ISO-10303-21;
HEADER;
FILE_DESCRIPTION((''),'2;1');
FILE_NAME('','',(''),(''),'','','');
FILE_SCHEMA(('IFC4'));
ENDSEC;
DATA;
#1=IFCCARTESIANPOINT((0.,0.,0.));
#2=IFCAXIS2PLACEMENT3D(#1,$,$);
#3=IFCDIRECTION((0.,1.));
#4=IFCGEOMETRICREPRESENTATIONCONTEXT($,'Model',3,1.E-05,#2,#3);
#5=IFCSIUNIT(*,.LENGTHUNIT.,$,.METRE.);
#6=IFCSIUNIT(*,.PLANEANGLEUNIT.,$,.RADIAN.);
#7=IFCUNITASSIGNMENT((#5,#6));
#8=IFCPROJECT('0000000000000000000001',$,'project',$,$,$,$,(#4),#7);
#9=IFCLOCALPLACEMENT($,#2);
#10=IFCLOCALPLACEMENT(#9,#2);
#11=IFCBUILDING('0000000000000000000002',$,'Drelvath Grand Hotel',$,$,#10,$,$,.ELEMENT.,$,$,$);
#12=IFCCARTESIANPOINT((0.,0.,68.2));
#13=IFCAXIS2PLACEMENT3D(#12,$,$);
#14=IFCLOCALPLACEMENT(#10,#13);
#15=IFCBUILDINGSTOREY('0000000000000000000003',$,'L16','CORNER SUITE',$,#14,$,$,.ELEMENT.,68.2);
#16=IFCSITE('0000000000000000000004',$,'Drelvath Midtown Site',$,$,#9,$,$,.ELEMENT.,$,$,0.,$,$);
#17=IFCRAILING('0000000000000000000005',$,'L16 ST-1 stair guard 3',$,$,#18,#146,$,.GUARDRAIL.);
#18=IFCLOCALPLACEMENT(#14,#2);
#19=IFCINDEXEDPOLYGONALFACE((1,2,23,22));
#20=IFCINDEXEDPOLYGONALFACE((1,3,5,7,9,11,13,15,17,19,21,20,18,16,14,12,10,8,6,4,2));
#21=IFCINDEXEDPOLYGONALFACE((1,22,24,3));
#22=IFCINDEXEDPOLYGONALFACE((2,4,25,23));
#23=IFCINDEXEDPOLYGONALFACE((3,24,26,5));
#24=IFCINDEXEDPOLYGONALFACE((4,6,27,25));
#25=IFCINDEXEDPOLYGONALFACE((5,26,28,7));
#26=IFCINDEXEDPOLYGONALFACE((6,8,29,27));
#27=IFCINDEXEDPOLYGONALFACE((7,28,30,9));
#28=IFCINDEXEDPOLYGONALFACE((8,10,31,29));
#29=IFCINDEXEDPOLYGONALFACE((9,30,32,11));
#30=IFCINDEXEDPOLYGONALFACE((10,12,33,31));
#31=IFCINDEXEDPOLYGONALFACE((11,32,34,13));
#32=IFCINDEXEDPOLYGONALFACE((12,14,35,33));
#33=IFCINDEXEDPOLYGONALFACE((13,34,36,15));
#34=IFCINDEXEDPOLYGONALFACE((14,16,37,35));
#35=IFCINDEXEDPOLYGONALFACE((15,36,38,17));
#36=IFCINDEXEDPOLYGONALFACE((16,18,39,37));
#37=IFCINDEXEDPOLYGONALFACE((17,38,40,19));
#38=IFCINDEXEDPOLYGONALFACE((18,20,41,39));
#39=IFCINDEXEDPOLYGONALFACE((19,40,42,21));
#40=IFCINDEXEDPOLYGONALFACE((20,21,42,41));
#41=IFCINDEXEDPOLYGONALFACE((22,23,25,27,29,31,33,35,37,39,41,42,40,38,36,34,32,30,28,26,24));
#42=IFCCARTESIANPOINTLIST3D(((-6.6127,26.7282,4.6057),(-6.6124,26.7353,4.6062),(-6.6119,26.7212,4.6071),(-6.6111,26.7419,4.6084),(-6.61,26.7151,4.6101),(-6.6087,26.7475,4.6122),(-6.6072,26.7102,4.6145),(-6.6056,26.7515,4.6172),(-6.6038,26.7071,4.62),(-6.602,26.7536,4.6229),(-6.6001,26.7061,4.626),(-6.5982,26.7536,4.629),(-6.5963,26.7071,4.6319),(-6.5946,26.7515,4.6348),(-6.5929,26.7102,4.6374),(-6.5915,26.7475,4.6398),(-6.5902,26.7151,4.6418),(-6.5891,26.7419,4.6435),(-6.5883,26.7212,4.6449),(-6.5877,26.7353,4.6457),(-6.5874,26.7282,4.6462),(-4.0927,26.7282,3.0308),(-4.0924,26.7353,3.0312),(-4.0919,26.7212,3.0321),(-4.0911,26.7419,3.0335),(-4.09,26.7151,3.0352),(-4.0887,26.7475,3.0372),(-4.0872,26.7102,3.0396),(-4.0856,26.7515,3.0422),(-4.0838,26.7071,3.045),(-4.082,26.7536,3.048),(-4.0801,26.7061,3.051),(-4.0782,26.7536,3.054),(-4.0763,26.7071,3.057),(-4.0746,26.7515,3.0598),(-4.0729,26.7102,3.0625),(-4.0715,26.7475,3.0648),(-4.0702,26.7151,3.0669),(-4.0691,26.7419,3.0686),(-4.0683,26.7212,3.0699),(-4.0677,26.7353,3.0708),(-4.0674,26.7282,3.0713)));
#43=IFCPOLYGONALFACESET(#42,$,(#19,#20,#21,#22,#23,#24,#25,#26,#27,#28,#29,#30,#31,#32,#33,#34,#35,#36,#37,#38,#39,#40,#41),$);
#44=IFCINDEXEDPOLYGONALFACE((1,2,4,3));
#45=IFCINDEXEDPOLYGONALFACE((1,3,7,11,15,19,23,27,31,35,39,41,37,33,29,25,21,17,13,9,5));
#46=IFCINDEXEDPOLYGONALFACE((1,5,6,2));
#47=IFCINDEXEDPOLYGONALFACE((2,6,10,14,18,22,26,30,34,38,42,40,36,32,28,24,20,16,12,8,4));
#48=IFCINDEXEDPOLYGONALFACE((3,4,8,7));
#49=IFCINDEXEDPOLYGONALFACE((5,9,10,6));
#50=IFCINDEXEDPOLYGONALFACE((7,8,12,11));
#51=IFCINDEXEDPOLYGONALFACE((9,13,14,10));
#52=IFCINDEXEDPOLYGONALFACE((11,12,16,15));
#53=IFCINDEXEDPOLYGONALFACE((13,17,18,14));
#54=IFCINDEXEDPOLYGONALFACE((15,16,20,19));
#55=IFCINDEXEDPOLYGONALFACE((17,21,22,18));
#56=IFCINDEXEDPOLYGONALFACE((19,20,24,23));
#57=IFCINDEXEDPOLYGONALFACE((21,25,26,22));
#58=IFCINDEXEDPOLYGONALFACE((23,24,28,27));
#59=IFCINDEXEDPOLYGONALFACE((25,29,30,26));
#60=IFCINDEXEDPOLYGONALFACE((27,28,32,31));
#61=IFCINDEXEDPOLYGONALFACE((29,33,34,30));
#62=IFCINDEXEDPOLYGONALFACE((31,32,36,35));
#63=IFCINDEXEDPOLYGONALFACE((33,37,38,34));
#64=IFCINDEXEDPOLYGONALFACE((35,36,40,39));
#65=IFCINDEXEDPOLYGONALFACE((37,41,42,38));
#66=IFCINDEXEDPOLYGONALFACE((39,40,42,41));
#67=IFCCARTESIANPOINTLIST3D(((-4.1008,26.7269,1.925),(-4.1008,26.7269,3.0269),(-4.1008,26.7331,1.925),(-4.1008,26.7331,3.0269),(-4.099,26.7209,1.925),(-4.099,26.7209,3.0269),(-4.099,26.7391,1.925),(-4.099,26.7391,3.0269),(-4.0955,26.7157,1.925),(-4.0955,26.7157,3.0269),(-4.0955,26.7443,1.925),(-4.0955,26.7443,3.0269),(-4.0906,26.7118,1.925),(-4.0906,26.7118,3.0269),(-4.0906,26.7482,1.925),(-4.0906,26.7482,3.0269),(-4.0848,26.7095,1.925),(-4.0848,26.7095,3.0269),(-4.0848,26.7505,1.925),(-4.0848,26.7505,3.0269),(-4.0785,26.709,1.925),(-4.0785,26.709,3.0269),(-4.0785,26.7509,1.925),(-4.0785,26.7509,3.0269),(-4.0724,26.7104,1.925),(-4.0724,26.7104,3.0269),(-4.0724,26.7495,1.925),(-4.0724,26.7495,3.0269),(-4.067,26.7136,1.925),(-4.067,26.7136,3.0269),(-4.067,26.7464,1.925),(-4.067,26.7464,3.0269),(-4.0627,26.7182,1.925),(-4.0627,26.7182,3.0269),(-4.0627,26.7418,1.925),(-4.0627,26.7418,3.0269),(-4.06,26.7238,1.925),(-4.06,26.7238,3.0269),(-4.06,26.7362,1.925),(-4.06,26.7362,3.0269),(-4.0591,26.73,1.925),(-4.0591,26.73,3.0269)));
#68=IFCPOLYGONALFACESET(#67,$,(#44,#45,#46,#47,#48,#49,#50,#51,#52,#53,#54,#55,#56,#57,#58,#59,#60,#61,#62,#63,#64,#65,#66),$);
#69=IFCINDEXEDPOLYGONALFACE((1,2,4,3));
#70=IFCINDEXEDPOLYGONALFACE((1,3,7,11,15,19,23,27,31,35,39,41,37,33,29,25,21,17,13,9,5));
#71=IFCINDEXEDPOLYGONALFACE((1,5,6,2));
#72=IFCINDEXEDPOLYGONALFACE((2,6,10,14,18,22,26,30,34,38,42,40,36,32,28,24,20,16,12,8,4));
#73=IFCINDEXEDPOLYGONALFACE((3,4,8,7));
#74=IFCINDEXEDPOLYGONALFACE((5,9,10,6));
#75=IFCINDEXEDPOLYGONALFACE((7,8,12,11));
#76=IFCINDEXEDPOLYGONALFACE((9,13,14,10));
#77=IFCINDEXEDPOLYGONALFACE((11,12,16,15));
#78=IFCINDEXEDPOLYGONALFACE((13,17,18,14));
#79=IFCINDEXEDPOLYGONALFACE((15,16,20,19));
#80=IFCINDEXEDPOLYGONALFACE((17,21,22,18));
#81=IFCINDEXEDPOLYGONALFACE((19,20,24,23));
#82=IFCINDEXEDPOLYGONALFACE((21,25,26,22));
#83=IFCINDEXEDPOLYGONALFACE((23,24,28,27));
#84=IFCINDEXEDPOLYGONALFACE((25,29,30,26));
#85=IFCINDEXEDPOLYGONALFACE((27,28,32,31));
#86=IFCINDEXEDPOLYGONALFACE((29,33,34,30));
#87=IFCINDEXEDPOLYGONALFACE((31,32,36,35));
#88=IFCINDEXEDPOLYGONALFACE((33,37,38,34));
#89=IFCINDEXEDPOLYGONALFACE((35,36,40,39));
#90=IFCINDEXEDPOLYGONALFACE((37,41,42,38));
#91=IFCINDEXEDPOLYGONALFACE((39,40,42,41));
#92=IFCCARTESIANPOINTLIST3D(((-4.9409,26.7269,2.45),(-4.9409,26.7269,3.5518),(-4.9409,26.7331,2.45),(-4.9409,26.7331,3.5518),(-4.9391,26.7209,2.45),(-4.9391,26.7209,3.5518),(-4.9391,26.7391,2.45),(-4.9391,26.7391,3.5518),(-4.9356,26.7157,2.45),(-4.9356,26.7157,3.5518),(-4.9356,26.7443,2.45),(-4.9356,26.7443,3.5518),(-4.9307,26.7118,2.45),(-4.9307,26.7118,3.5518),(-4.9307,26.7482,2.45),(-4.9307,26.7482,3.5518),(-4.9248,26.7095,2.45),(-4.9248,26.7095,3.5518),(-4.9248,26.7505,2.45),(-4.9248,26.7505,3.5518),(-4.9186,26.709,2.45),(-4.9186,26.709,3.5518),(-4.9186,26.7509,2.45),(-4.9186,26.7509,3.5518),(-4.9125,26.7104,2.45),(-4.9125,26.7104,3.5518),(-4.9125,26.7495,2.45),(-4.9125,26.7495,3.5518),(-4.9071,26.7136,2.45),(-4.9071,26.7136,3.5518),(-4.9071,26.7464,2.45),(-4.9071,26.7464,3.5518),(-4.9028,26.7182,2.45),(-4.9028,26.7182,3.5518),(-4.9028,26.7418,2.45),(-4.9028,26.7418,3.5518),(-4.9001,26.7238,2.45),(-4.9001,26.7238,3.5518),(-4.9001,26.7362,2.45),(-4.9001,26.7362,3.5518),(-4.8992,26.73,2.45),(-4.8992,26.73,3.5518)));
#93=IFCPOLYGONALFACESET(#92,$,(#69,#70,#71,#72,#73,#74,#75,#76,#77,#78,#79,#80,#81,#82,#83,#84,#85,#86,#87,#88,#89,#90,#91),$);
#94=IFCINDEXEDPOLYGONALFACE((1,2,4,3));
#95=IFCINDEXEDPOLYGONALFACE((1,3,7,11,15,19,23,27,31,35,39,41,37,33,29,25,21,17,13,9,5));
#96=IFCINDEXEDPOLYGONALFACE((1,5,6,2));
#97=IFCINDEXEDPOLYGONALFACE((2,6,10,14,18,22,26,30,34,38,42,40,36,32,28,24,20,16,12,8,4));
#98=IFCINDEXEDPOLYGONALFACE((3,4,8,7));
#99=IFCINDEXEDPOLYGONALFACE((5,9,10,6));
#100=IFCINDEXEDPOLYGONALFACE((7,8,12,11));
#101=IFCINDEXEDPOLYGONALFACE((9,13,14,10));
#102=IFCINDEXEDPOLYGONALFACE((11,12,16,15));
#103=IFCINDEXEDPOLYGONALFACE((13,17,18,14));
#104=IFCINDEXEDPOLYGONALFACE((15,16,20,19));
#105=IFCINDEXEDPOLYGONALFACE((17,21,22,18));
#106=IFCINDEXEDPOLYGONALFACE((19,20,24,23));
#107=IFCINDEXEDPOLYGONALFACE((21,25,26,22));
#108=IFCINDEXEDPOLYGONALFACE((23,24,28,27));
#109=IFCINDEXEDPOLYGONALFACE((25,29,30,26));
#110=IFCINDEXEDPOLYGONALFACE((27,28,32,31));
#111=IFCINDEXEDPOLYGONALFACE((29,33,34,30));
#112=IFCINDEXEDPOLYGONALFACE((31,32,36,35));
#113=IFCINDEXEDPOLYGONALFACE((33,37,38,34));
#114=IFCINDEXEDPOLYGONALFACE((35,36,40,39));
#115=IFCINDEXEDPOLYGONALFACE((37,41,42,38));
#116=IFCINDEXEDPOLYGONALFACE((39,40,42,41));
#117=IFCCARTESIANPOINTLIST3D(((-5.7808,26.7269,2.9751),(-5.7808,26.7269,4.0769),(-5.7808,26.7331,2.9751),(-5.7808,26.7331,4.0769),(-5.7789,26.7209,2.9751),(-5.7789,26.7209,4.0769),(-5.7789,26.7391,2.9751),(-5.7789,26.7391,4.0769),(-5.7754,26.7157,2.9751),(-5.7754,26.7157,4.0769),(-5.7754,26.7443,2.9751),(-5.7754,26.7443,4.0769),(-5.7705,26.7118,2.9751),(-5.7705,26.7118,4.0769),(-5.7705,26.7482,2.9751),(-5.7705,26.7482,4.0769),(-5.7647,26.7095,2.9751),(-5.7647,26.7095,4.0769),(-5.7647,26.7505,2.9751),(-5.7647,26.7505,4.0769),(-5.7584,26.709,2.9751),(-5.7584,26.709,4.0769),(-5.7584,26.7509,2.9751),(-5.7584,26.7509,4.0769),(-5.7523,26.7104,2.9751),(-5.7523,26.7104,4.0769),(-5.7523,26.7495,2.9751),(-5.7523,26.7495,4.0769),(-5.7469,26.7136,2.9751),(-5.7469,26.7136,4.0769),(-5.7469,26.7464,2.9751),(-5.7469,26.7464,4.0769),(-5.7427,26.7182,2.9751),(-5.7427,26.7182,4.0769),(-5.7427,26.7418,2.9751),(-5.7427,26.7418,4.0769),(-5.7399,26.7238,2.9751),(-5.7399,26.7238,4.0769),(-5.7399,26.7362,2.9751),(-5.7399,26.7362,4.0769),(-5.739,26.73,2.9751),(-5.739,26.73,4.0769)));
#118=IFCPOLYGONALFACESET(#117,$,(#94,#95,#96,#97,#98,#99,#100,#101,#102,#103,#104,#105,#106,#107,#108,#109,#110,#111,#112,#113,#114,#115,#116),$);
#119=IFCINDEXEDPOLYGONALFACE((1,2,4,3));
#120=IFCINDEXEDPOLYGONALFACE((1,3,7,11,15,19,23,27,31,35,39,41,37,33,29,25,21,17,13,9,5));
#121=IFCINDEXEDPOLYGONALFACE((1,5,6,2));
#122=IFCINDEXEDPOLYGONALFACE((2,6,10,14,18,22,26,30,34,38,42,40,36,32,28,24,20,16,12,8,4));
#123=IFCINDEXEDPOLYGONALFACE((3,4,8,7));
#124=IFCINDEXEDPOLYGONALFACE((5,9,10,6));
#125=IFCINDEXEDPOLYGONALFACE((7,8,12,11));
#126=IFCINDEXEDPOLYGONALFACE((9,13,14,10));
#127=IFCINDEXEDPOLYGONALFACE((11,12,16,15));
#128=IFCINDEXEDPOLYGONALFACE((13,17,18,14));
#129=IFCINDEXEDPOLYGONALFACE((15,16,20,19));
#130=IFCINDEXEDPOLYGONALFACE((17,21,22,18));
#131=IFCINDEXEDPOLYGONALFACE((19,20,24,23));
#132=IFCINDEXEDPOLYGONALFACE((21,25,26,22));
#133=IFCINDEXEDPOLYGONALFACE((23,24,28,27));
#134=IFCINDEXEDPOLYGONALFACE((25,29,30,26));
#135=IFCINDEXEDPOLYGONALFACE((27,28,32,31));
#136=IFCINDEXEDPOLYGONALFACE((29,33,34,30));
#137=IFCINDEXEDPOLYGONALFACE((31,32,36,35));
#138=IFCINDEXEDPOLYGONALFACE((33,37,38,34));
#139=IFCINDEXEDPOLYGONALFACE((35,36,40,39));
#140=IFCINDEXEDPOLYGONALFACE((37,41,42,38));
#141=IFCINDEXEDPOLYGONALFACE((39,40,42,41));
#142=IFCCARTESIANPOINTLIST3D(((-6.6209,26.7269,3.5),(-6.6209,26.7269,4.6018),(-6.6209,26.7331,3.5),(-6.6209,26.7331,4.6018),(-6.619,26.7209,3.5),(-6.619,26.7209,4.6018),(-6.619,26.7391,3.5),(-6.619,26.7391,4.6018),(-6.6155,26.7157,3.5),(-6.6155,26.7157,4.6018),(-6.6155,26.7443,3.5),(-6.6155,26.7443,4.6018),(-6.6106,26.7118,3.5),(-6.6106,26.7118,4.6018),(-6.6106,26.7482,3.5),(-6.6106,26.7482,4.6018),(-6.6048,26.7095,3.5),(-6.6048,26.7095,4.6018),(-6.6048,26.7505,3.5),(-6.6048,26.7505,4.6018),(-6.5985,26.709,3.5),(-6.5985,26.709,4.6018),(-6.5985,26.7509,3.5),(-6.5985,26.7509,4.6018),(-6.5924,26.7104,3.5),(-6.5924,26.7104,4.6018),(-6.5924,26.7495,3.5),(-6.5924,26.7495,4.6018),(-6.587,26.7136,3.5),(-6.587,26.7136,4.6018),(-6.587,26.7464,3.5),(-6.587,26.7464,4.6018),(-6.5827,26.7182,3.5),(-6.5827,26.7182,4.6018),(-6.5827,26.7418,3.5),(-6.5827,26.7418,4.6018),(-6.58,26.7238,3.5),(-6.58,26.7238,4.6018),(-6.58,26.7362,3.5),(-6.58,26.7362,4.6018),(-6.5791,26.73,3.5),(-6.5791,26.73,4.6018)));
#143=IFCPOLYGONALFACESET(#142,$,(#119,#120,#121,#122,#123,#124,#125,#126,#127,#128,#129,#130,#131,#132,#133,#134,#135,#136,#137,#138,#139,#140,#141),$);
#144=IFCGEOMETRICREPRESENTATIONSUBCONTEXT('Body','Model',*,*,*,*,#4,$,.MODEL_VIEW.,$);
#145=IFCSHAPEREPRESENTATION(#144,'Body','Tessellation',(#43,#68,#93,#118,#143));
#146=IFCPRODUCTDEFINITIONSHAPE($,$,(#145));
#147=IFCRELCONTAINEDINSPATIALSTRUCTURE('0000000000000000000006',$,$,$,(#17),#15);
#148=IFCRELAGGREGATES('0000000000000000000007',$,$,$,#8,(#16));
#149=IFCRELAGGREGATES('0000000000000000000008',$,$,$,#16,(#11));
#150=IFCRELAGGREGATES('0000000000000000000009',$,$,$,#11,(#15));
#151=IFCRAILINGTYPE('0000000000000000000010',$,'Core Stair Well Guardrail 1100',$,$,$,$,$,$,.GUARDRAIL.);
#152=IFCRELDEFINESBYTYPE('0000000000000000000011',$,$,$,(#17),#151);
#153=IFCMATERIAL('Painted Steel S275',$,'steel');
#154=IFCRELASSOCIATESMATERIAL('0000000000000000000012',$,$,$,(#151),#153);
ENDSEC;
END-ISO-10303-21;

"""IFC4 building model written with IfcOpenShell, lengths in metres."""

from ifc_helpers import new_model, si_unit, direction, frame, origin, origin_2d, place, context, subcontext, project, spatial, circle, extrude, material, type_object, element, save


model = new_model("IFC4")

# Units and contexts
model_context = context("Model", 3, precision=1e-05, world=origin(), true_north=direction((0.0, 1.0)))
body_context = subcontext(model_context, "Body", "Model", "MODEL_VIEW")
ifc_project = project(units=[si_unit("LENGTHUNIT", "METRE"), si_unit("PLANEANGLEUNIT", "RADIAN")], contexts=[model_context])

# Site, building, storey
site_placement = place(None, origin())
site = spatial("IfcSite", under=ifc_project, at=site_placement, Name="Drelvath Midtown Site", CompositionType="ELEMENT", RefElevation=0.0)
building_placement = place(site_placement, origin())
building = spatial("IfcBuilding", under=site, at=building_placement, Name="Drelvath Grand Hotel", CompositionType="ELEMENT")
storey_placement = place(building_placement, frame((0.0, 0.0, 68.2)))
storey = spatial("IfcBuildingStorey", under=building, at=storey_placement, Name="L16", Description="CORNER SUITE", CompositionType="ELEMENT", Elevation=68.2)

# Shared definitions
ifc_material_1 = material(Name="Painted Steel S275", Category="steel")

# Railing
railing_type_1 = type_object("IfcRailingType", Name="Core Stair Well Guardrail 1100", PredefinedType="GUARDRAIL", material=ifc_material_1)
railing_1_placement = place(storey_placement, frame((-4.0801, 26.73, 1.925)))
element("IfcRailing", 1, at=railing_1_placement, inside=storey, type_object=railing_type_1, Name="L16 ST-1 stair guard 3", PredefinedType="GUARDRAIL", context=body_context, shape_type="SweptSolid", body=[
    extrude(circle(Radius=0.0239, at=origin_2d()), frame((0.0, 0.0, 1.126), z_axis=(-0.848008, 0.0, 0.529984), x_axis=(0.0, -1.0, 0.0)), (0.0, 0.0, 1.0), 2.9717),
    extrude(circle(Radius=0.021, at=origin_2d()), origin(), (0.0, 0.0, 1.0), 1.1018),
    extrude(circle(Radius=0.021, at=origin_2d()), frame((-0.8401, 0.0, 0.5249)), (0.0, 0.0, 1.0), 1.1018),
    extrude(circle(Radius=0.021, at=origin_2d()), frame((-1.6799, 0.0, 1.05)), (0.0, 0.0, 1.0), 1.1018),
    extrude(circle(Radius=0.021, at=origin_2d()), frame((-2.52, 0.0, 1.575)), (0.0, 0.0, 1.0), 1.1018),
])

save(model, "model.ifc")
